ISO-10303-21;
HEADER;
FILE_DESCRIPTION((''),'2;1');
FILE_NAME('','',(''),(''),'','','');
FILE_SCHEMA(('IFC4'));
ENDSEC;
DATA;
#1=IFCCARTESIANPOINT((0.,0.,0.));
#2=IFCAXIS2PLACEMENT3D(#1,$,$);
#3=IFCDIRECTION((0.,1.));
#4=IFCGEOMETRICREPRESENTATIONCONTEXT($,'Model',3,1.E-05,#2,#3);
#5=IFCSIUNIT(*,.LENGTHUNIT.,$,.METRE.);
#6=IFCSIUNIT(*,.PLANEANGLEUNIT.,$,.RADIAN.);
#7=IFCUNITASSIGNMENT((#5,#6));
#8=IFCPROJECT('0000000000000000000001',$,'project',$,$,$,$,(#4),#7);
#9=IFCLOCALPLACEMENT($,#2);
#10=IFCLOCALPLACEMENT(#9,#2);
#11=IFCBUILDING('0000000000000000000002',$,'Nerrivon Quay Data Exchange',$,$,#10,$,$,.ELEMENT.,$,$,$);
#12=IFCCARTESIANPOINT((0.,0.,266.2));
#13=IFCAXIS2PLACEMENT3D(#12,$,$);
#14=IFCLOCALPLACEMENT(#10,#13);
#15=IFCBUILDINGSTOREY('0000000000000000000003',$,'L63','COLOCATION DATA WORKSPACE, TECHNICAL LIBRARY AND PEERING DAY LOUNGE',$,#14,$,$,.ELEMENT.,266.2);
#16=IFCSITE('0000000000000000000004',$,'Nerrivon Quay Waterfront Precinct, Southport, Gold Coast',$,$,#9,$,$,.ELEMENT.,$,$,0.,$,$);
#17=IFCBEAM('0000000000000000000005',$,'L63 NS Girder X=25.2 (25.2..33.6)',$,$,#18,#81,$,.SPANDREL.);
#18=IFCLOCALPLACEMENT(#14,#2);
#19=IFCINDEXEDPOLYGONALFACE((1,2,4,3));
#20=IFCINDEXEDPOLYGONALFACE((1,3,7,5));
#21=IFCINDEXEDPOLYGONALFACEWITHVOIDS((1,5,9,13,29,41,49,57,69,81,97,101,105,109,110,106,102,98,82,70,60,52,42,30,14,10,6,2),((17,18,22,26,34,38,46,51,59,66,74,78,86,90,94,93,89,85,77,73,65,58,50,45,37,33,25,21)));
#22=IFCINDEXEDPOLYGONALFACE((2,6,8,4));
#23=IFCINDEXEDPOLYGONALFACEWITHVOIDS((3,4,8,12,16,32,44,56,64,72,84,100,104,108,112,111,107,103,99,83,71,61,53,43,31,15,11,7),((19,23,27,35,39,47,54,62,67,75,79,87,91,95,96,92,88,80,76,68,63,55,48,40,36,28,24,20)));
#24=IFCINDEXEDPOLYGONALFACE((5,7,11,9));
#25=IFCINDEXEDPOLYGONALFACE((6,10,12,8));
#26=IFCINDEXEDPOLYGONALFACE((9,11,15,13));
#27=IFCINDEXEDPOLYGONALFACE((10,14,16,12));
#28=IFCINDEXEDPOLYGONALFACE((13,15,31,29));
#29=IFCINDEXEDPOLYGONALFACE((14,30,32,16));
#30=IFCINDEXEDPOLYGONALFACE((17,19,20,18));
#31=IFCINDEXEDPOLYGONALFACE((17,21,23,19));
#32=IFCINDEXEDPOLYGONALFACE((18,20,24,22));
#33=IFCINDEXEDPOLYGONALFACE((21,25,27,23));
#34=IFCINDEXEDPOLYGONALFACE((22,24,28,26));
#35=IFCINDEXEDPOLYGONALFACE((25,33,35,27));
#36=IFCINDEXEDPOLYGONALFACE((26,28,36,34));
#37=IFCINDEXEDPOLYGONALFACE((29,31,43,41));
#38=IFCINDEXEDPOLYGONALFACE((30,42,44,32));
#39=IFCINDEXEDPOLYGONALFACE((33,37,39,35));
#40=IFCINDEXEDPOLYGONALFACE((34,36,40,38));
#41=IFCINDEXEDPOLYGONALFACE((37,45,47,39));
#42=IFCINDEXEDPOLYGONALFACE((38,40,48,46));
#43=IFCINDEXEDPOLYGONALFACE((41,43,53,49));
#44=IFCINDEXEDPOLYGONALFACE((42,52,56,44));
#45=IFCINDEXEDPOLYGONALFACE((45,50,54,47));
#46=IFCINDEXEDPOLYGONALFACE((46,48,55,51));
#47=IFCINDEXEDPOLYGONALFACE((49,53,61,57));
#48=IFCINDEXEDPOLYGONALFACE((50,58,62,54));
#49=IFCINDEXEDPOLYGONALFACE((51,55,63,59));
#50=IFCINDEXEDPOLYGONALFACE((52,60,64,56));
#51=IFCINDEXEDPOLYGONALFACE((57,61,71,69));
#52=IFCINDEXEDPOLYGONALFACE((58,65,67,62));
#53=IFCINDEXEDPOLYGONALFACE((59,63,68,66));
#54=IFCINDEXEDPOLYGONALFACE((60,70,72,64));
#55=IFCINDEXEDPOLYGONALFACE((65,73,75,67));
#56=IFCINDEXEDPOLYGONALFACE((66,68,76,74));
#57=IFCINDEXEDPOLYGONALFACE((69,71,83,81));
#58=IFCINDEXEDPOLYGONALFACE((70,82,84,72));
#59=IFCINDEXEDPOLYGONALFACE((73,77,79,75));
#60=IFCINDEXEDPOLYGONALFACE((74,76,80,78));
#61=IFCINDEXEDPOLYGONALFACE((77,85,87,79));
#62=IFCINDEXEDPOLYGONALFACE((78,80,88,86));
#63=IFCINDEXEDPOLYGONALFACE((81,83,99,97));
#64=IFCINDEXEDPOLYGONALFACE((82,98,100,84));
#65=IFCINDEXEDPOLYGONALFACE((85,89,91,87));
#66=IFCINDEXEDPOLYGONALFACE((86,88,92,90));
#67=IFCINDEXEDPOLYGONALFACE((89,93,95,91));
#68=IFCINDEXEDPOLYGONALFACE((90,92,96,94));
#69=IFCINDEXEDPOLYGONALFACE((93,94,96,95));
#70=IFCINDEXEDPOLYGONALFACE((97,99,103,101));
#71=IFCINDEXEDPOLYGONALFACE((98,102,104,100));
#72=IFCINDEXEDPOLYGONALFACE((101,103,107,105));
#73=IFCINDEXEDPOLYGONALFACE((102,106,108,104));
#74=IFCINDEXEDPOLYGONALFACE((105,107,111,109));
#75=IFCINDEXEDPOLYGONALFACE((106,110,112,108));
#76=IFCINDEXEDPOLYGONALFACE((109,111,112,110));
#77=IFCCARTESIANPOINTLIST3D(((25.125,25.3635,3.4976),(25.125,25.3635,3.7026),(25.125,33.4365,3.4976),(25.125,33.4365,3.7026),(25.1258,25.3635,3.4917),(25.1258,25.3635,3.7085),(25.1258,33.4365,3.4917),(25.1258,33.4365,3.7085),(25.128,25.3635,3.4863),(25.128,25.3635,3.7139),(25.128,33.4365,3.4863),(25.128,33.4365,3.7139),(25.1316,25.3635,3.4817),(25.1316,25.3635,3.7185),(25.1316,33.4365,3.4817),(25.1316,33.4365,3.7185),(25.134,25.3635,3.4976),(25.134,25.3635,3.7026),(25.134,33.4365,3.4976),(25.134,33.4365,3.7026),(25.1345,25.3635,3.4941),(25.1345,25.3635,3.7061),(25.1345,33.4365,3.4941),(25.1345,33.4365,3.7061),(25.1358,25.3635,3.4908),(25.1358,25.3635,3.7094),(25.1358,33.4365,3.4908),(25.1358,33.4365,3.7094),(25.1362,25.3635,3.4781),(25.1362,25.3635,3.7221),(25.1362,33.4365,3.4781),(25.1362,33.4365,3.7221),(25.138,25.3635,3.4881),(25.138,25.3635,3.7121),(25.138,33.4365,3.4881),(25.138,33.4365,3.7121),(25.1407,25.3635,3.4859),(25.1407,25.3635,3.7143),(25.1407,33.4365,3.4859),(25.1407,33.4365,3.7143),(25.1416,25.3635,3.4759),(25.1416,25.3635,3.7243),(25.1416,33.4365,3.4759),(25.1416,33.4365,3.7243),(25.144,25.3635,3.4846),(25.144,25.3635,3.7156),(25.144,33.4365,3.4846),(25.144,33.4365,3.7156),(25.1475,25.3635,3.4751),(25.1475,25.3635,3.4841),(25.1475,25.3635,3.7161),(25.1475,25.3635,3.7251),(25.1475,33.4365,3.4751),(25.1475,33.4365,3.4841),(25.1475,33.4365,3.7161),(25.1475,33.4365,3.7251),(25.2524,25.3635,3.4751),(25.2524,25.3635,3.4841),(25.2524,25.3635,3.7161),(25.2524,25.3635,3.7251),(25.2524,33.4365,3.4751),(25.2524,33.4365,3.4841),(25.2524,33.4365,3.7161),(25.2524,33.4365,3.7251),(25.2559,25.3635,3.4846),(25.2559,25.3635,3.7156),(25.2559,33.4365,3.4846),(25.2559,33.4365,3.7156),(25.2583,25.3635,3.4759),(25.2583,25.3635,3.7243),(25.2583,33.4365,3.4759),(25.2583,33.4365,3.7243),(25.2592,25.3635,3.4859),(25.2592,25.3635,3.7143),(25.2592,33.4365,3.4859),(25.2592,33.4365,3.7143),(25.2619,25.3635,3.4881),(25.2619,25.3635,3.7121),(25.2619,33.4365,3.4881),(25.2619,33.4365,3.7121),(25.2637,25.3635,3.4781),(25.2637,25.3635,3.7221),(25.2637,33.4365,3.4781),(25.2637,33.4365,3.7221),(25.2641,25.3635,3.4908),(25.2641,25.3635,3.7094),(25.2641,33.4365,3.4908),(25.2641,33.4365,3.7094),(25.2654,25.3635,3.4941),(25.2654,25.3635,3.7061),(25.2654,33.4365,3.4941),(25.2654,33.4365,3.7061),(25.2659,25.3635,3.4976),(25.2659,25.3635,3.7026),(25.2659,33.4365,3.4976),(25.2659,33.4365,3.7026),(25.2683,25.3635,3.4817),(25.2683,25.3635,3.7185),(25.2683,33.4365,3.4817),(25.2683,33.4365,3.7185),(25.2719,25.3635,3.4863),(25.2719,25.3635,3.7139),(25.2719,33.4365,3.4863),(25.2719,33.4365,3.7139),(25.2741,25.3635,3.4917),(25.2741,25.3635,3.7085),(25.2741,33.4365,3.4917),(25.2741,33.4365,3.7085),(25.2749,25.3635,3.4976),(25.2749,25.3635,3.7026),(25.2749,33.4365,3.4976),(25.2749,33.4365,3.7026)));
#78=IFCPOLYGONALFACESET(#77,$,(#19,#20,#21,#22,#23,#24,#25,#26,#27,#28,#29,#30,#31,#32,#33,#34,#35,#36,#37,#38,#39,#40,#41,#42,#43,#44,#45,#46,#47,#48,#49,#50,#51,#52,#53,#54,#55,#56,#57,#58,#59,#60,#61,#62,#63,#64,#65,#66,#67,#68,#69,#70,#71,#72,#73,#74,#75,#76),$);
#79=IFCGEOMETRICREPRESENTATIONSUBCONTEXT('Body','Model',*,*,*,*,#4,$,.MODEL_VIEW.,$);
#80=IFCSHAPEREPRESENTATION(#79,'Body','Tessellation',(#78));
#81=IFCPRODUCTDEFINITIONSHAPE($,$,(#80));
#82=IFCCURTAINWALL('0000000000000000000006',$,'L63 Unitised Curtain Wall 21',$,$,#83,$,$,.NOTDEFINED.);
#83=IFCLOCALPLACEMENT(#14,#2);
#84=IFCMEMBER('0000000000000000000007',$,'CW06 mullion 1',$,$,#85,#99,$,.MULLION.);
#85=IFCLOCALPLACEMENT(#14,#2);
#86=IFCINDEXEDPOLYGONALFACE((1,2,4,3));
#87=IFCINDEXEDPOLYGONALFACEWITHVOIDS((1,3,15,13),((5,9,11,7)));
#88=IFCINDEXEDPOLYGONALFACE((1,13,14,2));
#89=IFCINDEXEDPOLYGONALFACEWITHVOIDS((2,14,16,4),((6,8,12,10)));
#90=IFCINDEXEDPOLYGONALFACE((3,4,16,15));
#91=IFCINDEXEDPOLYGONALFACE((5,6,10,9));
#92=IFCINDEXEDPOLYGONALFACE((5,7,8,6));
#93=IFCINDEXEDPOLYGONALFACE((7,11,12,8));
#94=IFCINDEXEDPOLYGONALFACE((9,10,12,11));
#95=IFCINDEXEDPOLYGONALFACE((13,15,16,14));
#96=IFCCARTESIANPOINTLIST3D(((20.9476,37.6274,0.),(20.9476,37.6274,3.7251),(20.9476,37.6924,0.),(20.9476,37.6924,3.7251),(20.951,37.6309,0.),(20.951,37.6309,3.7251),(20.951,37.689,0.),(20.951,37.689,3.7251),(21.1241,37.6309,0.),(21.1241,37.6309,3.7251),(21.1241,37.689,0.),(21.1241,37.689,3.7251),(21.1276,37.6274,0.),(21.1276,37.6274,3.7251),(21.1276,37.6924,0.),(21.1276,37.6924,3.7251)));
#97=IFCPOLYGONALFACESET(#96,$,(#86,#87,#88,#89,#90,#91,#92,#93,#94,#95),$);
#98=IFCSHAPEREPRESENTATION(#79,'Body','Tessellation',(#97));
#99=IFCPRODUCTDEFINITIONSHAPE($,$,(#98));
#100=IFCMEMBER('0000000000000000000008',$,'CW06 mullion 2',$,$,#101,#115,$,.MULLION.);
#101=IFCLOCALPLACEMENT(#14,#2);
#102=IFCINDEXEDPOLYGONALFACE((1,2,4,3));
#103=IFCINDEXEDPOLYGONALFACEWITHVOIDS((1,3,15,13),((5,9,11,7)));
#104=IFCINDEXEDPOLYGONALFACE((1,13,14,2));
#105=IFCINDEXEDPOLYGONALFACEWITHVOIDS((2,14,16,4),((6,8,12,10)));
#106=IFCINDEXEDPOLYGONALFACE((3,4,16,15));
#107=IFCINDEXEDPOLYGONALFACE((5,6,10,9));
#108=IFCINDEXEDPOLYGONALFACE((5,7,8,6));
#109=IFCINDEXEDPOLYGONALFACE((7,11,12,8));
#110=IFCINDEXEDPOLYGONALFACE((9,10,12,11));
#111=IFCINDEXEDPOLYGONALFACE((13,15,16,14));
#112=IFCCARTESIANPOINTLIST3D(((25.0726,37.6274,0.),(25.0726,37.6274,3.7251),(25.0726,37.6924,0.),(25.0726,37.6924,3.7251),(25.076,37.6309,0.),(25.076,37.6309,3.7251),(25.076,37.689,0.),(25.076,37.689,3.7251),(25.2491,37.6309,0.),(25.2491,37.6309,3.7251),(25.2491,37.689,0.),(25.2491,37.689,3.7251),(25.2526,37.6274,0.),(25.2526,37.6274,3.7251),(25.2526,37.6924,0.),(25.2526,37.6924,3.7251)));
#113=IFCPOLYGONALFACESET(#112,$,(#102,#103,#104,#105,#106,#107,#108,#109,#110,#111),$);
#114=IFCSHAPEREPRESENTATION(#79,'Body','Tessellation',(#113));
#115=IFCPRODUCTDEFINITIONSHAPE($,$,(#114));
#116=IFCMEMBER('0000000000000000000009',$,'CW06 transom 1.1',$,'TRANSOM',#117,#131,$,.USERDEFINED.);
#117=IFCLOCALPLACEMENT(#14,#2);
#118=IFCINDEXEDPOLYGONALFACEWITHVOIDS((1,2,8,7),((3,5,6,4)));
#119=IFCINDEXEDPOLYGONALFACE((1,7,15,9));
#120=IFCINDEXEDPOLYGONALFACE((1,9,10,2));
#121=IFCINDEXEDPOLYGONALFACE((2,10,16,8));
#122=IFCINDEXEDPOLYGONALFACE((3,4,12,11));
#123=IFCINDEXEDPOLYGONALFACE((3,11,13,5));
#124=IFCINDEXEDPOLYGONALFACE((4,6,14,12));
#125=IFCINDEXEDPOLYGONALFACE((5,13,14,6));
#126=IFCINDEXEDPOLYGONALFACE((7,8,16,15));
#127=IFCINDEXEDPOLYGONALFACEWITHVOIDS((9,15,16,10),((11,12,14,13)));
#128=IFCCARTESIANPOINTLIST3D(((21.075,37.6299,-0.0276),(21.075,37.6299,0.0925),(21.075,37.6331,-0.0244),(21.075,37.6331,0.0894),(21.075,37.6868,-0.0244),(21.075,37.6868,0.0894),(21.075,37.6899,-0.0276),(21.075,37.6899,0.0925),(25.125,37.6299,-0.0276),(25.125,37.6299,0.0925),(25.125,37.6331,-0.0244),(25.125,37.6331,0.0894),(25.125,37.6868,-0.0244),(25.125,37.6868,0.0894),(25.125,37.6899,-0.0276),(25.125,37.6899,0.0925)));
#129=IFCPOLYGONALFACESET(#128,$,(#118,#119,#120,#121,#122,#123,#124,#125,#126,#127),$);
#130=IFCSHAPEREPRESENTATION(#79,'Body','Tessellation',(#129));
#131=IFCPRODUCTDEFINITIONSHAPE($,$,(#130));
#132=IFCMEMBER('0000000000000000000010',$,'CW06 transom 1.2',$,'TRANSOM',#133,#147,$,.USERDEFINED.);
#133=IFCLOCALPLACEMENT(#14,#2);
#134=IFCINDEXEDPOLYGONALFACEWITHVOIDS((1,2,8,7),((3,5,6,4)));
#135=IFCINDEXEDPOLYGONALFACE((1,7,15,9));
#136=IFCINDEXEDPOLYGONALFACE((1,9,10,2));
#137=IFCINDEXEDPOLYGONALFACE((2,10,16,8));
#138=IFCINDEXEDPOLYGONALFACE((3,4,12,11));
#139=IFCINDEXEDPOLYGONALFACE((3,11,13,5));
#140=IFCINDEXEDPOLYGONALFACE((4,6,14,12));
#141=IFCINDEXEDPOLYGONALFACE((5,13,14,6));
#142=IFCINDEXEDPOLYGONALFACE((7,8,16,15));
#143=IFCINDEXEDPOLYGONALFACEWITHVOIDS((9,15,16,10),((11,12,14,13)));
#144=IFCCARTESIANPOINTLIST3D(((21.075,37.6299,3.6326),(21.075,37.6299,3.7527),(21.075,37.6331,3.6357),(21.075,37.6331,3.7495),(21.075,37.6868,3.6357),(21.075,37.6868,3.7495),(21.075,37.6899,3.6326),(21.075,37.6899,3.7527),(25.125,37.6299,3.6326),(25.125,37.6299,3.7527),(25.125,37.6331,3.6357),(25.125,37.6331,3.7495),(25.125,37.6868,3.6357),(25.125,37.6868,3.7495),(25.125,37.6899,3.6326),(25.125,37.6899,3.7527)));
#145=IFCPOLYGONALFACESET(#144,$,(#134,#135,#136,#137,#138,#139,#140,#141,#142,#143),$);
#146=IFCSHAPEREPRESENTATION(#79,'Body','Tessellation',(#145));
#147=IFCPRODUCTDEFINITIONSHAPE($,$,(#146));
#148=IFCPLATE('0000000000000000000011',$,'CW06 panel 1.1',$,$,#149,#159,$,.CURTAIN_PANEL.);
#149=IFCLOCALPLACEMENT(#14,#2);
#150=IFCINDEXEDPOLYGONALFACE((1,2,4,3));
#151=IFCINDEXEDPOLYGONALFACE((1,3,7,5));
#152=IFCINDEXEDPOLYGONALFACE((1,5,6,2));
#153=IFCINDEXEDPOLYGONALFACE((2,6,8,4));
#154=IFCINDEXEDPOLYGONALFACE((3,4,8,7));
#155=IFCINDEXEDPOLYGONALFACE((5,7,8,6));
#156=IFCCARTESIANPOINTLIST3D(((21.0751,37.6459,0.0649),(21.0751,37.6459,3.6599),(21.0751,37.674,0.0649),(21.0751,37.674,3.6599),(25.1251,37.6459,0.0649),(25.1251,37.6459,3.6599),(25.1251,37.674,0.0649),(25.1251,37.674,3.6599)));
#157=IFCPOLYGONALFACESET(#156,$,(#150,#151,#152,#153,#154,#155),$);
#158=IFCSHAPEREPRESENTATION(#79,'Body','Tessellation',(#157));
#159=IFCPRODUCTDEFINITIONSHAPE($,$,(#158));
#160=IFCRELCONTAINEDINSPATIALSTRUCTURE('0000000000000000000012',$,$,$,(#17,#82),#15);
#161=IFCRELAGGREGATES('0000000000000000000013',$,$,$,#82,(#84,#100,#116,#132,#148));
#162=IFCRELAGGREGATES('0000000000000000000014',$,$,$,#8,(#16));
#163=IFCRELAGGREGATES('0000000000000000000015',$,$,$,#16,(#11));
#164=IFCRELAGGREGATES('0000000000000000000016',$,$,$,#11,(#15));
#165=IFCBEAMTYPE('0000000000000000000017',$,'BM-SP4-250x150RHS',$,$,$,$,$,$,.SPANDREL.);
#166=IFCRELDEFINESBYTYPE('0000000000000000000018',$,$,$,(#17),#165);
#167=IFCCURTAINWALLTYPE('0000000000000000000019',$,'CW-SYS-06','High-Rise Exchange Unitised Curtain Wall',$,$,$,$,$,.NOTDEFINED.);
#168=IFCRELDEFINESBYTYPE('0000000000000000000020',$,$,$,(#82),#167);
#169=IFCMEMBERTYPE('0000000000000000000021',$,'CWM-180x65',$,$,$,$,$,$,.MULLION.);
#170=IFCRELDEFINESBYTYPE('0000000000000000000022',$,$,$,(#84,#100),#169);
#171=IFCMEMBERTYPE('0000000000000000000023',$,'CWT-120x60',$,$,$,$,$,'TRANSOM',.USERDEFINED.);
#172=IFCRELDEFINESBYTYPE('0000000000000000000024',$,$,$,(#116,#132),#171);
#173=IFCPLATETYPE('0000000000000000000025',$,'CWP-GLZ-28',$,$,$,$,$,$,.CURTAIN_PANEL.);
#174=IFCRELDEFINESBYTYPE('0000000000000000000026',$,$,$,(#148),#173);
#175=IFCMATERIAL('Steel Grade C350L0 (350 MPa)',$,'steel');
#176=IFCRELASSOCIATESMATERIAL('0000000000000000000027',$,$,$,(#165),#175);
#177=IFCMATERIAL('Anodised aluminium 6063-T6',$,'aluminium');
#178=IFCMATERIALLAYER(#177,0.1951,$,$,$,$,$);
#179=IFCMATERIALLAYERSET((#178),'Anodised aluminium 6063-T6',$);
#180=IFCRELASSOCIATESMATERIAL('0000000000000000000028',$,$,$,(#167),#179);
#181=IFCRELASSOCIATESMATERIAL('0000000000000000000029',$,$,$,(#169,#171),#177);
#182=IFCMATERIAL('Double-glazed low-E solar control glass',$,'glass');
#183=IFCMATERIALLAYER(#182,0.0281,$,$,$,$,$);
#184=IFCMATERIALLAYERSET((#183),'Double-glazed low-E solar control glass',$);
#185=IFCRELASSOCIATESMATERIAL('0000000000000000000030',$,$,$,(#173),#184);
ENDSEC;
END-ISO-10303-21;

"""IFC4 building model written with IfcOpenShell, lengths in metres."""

from ifc_helpers import new_model, si_unit, direction, frame, origin, origin_2d, place, context, subcontext, project, spatial, rectangle, hollow_rectangle, extrude, material, layer, layer_set, material_profile, profile_set, type_object, element, aggregate, save


model = new_model("IFC4")

# Units and contexts
model_context = context("Model", 3, precision=1e-05, world=origin(), true_north=direction((0.0, 1.0)))
body_context = subcontext(model_context, "Body", "Model", "MODEL_VIEW")
ifc_project = project(units=[si_unit("LENGTHUNIT", "METRE"), si_unit("PLANEANGLEUNIT", "RADIAN")], contexts=[model_context])

# Site, building, storey
site_placement = place(None, origin())
site = spatial("IfcSite", under=ifc_project, at=site_placement, Name="Nerrivon Quay Waterfront Precinct, Southport, Gold Coast", CompositionType="ELEMENT", RefElevation=0.0)
building_placement = place(site_placement, origin())
building = spatial("IfcBuilding", under=site, at=building_placement, Name="Nerrivon Quay Data Exchange", CompositionType="ELEMENT")
storey_placement = place(building_placement, frame((0.0, 0.0, 266.2)))
storey = spatial("IfcBuildingStorey", under=building, at=storey_placement, Name="L63", Description="COLOCATION DATA WORKSPACE, TECHNICAL LIBRARY AND PEERING DAY LOUNGE", CompositionType="ELEMENT", Elevation=266.2)

# Beam
ifc_material_1 = material(Name="Steel Grade C350L0 (350 MPa)", Category="steel")
ifc_material_profile_1 = material_profile(ifc_material_1, hollow_rectangle(XDim=0.1499, YDim=0.25, WallThickness=0.009, InnerFilletRadius=0.0134, OuterFilletRadius=0.0225, at=origin_2d()), Name="250x150x9.0RHS")
ifc_profile_set_1 = profile_set([ifc_material_profile_1], Name="Steel Grade C350L0 (350 MPa)")
beam_type = type_object("IfcBeamType", Name="BM-SP4-250x150RHS", PredefinedType="SPANDREL", material=ifc_profile_set_1)
beam_placement = place(storey_placement, frame((25.2, 25.3635, 3.6001), z_axis=(0.0, 1.0, 0.0), x_axis=(-1.0, 0.0, 0.0)))
element("IfcBeam", 1, at=beam_placement, inside=storey, type_object=beam_type, Name="L63 NS Girder X=25.2 (25.2..33.6)", PredefinedType="SPANDREL", context=body_context, shape_type="SweptSolid", body=[
    extrude(hollow_rectangle(XDim=0.1499, YDim=0.25, WallThickness=0.009, InnerFilletRadius=0.0134, OuterFilletRadius=0.0225, at=origin_2d()), origin(), (0.0, 0.0, 1.0), 8.073),
])

# Curtain wall, members, plate
ifc_material_2 = material(Name="Anodised aluminium 6063-T6", Category="aluminium")
ifc_layer_1 = layer(ifc_material_2, 0.1951)
ifc_layer_set_1 = layer_set([ifc_layer_1], Name="Anodised aluminium 6063-T6")
curtain_wall_type = type_object("IfcCurtainWallType", Name="CW-SYS-06", Description="High-Rise Exchange Unitised Curtain Wall", PredefinedType="NOTDEFINED", material=ifc_layer_set_1)
curtain_wall_placement = place(storey_placement, origin())
curtain_wall = element("IfcCurtainWall", 2, at=curtain_wall_placement, inside=storey, type_object=curtain_wall_type, Name="L63 Unitised Curtain Wall 21", PredefinedType="NOTDEFINED")
ifc_material_profile_2 = material_profile(ifc_material_2, hollow_rectangle(XDim=0.0649, YDim=0.1799, WallThickness=0.0034, at=origin_2d()), Name="ALU-MULL-180x65")
ifc_profile_set_2 = profile_set([ifc_material_profile_2], Name="Anodised aluminium 6063-T6")
member_type_1 = type_object("IfcMemberType", Name="CWM-180x65", PredefinedType="MULLION", material=ifc_profile_set_2)
member_1_placement = place(storey_placement, frame((21.0376, 37.6599, 0.0), z_axis=(0.0, 0.0, 1.0), x_axis=(0.0, 1.0, 0.0)))
member_1 = element("IfcMember", 3, at=member_1_placement, type_object=member_type_1, Name="CW06 mullion 1", PredefinedType="MULLION", context=body_context, shape_type="SweptSolid", body=[
    extrude(hollow_rectangle(XDim=0.0649, YDim=0.1799, WallThickness=0.0034, at=origin_2d()), origin(), (0.0, 0.0, 1.0), 3.7251),
])
member_2_placement = place(storey_placement, frame((25.1626, 37.6599, 0.0), z_axis=(0.0, 0.0, 1.0), x_axis=(0.0, 1.0, 0.0)))
member_2 = element("IfcMember", 4, at=member_2_placement, type_object=member_type_1, Name="CW06 mullion 2", PredefinedType="MULLION", context=body_context, shape_type="SweptSolid", body=[
    extrude(hollow_rectangle(XDim=0.0649, YDim=0.1799, WallThickness=0.0034, at=origin_2d()), origin(), (0.0, 0.0, 1.0), 3.7251),
])
ifc_material_profile_3 = material_profile(ifc_material_2, hollow_rectangle(XDim=0.0601, YDim=0.1201, WallThickness=0.0032, at=origin_2d()), Name="ALU-TRAN-120x60")
ifc_profile_set_3 = profile_set([ifc_material_profile_3], Name="Anodised aluminium 6063-T6")
member_type_2 = type_object("IfcMemberType", Name="CWT-120x60", ElementType="TRANSOM", PredefinedType="USERDEFINED", material=ifc_profile_set_3)
member_3_placement = place(storey_placement, frame((21.075, 37.6599, 0.0325), z_axis=(1.0, 0.0, 0.0), x_axis=(0.0, 1.0, 0.0)))
member_3 = element("IfcMember", 5, at=member_3_placement, type_object=member_type_2, Name="CW06 transom 1.1", ObjectType="TRANSOM", PredefinedType="USERDEFINED", context=body_context, shape_type="SweptSolid", body=[
    extrude(hollow_rectangle(XDim=0.0601, YDim=0.1201, WallThickness=0.0032, at=origin_2d()), origin(), (0.0, 0.0, 1.0), 4.05),
])
member_4_placement = place(storey_placement, frame((21.075, 37.6599, 3.6926), z_axis=(1.0, 0.0, 0.0), x_axis=(0.0, 1.0, 0.0)))
member_4 = element("IfcMember", 6, at=member_4_placement, type_object=member_type_2, Name="CW06 transom 1.2", ObjectType="TRANSOM", PredefinedType="USERDEFINED", context=body_context, shape_type="SweptSolid", body=[
    extrude(hollow_rectangle(XDim=0.0601, YDim=0.1201, WallThickness=0.0032, at=origin_2d()), origin(), (0.0, 0.0, 1.0), 4.05),
])
ifc_material_3 = material(Name="Double-glazed low-E solar control glass", Category="glass")
ifc_layer_2 = layer(ifc_material_3, 0.0281)
ifc_layer_set_2 = layer_set([ifc_layer_2], Name="Double-glazed low-E solar control glass")
plate_type = type_object("IfcPlateType", Name="CWP-GLZ-28", PredefinedType="CURTAIN_PANEL", material=ifc_layer_set_2)
plate_placement = place(storey_placement, frame((23.1001, 37.6599, 0.0649), z_axis=(0.0, 0.0, 1.0), x_axis=(1.0, 0.0, 0.0)))
plate = element("IfcPlate", 7, at=plate_placement, type_object=plate_type, Name="CW06 panel 1.1", PredefinedType="CURTAIN_PANEL", context=body_context, shape_type="SweptSolid", body=[
    extrude(rectangle(XDim=4.05, YDim=0.0281, at=origin_2d()), origin(), (0.0, 0.0, 1.0), 3.595),
])
aggregate(curtain_wall, [member_1, member_2, member_3, member_4, plate])

save(model, "model.ifc")
